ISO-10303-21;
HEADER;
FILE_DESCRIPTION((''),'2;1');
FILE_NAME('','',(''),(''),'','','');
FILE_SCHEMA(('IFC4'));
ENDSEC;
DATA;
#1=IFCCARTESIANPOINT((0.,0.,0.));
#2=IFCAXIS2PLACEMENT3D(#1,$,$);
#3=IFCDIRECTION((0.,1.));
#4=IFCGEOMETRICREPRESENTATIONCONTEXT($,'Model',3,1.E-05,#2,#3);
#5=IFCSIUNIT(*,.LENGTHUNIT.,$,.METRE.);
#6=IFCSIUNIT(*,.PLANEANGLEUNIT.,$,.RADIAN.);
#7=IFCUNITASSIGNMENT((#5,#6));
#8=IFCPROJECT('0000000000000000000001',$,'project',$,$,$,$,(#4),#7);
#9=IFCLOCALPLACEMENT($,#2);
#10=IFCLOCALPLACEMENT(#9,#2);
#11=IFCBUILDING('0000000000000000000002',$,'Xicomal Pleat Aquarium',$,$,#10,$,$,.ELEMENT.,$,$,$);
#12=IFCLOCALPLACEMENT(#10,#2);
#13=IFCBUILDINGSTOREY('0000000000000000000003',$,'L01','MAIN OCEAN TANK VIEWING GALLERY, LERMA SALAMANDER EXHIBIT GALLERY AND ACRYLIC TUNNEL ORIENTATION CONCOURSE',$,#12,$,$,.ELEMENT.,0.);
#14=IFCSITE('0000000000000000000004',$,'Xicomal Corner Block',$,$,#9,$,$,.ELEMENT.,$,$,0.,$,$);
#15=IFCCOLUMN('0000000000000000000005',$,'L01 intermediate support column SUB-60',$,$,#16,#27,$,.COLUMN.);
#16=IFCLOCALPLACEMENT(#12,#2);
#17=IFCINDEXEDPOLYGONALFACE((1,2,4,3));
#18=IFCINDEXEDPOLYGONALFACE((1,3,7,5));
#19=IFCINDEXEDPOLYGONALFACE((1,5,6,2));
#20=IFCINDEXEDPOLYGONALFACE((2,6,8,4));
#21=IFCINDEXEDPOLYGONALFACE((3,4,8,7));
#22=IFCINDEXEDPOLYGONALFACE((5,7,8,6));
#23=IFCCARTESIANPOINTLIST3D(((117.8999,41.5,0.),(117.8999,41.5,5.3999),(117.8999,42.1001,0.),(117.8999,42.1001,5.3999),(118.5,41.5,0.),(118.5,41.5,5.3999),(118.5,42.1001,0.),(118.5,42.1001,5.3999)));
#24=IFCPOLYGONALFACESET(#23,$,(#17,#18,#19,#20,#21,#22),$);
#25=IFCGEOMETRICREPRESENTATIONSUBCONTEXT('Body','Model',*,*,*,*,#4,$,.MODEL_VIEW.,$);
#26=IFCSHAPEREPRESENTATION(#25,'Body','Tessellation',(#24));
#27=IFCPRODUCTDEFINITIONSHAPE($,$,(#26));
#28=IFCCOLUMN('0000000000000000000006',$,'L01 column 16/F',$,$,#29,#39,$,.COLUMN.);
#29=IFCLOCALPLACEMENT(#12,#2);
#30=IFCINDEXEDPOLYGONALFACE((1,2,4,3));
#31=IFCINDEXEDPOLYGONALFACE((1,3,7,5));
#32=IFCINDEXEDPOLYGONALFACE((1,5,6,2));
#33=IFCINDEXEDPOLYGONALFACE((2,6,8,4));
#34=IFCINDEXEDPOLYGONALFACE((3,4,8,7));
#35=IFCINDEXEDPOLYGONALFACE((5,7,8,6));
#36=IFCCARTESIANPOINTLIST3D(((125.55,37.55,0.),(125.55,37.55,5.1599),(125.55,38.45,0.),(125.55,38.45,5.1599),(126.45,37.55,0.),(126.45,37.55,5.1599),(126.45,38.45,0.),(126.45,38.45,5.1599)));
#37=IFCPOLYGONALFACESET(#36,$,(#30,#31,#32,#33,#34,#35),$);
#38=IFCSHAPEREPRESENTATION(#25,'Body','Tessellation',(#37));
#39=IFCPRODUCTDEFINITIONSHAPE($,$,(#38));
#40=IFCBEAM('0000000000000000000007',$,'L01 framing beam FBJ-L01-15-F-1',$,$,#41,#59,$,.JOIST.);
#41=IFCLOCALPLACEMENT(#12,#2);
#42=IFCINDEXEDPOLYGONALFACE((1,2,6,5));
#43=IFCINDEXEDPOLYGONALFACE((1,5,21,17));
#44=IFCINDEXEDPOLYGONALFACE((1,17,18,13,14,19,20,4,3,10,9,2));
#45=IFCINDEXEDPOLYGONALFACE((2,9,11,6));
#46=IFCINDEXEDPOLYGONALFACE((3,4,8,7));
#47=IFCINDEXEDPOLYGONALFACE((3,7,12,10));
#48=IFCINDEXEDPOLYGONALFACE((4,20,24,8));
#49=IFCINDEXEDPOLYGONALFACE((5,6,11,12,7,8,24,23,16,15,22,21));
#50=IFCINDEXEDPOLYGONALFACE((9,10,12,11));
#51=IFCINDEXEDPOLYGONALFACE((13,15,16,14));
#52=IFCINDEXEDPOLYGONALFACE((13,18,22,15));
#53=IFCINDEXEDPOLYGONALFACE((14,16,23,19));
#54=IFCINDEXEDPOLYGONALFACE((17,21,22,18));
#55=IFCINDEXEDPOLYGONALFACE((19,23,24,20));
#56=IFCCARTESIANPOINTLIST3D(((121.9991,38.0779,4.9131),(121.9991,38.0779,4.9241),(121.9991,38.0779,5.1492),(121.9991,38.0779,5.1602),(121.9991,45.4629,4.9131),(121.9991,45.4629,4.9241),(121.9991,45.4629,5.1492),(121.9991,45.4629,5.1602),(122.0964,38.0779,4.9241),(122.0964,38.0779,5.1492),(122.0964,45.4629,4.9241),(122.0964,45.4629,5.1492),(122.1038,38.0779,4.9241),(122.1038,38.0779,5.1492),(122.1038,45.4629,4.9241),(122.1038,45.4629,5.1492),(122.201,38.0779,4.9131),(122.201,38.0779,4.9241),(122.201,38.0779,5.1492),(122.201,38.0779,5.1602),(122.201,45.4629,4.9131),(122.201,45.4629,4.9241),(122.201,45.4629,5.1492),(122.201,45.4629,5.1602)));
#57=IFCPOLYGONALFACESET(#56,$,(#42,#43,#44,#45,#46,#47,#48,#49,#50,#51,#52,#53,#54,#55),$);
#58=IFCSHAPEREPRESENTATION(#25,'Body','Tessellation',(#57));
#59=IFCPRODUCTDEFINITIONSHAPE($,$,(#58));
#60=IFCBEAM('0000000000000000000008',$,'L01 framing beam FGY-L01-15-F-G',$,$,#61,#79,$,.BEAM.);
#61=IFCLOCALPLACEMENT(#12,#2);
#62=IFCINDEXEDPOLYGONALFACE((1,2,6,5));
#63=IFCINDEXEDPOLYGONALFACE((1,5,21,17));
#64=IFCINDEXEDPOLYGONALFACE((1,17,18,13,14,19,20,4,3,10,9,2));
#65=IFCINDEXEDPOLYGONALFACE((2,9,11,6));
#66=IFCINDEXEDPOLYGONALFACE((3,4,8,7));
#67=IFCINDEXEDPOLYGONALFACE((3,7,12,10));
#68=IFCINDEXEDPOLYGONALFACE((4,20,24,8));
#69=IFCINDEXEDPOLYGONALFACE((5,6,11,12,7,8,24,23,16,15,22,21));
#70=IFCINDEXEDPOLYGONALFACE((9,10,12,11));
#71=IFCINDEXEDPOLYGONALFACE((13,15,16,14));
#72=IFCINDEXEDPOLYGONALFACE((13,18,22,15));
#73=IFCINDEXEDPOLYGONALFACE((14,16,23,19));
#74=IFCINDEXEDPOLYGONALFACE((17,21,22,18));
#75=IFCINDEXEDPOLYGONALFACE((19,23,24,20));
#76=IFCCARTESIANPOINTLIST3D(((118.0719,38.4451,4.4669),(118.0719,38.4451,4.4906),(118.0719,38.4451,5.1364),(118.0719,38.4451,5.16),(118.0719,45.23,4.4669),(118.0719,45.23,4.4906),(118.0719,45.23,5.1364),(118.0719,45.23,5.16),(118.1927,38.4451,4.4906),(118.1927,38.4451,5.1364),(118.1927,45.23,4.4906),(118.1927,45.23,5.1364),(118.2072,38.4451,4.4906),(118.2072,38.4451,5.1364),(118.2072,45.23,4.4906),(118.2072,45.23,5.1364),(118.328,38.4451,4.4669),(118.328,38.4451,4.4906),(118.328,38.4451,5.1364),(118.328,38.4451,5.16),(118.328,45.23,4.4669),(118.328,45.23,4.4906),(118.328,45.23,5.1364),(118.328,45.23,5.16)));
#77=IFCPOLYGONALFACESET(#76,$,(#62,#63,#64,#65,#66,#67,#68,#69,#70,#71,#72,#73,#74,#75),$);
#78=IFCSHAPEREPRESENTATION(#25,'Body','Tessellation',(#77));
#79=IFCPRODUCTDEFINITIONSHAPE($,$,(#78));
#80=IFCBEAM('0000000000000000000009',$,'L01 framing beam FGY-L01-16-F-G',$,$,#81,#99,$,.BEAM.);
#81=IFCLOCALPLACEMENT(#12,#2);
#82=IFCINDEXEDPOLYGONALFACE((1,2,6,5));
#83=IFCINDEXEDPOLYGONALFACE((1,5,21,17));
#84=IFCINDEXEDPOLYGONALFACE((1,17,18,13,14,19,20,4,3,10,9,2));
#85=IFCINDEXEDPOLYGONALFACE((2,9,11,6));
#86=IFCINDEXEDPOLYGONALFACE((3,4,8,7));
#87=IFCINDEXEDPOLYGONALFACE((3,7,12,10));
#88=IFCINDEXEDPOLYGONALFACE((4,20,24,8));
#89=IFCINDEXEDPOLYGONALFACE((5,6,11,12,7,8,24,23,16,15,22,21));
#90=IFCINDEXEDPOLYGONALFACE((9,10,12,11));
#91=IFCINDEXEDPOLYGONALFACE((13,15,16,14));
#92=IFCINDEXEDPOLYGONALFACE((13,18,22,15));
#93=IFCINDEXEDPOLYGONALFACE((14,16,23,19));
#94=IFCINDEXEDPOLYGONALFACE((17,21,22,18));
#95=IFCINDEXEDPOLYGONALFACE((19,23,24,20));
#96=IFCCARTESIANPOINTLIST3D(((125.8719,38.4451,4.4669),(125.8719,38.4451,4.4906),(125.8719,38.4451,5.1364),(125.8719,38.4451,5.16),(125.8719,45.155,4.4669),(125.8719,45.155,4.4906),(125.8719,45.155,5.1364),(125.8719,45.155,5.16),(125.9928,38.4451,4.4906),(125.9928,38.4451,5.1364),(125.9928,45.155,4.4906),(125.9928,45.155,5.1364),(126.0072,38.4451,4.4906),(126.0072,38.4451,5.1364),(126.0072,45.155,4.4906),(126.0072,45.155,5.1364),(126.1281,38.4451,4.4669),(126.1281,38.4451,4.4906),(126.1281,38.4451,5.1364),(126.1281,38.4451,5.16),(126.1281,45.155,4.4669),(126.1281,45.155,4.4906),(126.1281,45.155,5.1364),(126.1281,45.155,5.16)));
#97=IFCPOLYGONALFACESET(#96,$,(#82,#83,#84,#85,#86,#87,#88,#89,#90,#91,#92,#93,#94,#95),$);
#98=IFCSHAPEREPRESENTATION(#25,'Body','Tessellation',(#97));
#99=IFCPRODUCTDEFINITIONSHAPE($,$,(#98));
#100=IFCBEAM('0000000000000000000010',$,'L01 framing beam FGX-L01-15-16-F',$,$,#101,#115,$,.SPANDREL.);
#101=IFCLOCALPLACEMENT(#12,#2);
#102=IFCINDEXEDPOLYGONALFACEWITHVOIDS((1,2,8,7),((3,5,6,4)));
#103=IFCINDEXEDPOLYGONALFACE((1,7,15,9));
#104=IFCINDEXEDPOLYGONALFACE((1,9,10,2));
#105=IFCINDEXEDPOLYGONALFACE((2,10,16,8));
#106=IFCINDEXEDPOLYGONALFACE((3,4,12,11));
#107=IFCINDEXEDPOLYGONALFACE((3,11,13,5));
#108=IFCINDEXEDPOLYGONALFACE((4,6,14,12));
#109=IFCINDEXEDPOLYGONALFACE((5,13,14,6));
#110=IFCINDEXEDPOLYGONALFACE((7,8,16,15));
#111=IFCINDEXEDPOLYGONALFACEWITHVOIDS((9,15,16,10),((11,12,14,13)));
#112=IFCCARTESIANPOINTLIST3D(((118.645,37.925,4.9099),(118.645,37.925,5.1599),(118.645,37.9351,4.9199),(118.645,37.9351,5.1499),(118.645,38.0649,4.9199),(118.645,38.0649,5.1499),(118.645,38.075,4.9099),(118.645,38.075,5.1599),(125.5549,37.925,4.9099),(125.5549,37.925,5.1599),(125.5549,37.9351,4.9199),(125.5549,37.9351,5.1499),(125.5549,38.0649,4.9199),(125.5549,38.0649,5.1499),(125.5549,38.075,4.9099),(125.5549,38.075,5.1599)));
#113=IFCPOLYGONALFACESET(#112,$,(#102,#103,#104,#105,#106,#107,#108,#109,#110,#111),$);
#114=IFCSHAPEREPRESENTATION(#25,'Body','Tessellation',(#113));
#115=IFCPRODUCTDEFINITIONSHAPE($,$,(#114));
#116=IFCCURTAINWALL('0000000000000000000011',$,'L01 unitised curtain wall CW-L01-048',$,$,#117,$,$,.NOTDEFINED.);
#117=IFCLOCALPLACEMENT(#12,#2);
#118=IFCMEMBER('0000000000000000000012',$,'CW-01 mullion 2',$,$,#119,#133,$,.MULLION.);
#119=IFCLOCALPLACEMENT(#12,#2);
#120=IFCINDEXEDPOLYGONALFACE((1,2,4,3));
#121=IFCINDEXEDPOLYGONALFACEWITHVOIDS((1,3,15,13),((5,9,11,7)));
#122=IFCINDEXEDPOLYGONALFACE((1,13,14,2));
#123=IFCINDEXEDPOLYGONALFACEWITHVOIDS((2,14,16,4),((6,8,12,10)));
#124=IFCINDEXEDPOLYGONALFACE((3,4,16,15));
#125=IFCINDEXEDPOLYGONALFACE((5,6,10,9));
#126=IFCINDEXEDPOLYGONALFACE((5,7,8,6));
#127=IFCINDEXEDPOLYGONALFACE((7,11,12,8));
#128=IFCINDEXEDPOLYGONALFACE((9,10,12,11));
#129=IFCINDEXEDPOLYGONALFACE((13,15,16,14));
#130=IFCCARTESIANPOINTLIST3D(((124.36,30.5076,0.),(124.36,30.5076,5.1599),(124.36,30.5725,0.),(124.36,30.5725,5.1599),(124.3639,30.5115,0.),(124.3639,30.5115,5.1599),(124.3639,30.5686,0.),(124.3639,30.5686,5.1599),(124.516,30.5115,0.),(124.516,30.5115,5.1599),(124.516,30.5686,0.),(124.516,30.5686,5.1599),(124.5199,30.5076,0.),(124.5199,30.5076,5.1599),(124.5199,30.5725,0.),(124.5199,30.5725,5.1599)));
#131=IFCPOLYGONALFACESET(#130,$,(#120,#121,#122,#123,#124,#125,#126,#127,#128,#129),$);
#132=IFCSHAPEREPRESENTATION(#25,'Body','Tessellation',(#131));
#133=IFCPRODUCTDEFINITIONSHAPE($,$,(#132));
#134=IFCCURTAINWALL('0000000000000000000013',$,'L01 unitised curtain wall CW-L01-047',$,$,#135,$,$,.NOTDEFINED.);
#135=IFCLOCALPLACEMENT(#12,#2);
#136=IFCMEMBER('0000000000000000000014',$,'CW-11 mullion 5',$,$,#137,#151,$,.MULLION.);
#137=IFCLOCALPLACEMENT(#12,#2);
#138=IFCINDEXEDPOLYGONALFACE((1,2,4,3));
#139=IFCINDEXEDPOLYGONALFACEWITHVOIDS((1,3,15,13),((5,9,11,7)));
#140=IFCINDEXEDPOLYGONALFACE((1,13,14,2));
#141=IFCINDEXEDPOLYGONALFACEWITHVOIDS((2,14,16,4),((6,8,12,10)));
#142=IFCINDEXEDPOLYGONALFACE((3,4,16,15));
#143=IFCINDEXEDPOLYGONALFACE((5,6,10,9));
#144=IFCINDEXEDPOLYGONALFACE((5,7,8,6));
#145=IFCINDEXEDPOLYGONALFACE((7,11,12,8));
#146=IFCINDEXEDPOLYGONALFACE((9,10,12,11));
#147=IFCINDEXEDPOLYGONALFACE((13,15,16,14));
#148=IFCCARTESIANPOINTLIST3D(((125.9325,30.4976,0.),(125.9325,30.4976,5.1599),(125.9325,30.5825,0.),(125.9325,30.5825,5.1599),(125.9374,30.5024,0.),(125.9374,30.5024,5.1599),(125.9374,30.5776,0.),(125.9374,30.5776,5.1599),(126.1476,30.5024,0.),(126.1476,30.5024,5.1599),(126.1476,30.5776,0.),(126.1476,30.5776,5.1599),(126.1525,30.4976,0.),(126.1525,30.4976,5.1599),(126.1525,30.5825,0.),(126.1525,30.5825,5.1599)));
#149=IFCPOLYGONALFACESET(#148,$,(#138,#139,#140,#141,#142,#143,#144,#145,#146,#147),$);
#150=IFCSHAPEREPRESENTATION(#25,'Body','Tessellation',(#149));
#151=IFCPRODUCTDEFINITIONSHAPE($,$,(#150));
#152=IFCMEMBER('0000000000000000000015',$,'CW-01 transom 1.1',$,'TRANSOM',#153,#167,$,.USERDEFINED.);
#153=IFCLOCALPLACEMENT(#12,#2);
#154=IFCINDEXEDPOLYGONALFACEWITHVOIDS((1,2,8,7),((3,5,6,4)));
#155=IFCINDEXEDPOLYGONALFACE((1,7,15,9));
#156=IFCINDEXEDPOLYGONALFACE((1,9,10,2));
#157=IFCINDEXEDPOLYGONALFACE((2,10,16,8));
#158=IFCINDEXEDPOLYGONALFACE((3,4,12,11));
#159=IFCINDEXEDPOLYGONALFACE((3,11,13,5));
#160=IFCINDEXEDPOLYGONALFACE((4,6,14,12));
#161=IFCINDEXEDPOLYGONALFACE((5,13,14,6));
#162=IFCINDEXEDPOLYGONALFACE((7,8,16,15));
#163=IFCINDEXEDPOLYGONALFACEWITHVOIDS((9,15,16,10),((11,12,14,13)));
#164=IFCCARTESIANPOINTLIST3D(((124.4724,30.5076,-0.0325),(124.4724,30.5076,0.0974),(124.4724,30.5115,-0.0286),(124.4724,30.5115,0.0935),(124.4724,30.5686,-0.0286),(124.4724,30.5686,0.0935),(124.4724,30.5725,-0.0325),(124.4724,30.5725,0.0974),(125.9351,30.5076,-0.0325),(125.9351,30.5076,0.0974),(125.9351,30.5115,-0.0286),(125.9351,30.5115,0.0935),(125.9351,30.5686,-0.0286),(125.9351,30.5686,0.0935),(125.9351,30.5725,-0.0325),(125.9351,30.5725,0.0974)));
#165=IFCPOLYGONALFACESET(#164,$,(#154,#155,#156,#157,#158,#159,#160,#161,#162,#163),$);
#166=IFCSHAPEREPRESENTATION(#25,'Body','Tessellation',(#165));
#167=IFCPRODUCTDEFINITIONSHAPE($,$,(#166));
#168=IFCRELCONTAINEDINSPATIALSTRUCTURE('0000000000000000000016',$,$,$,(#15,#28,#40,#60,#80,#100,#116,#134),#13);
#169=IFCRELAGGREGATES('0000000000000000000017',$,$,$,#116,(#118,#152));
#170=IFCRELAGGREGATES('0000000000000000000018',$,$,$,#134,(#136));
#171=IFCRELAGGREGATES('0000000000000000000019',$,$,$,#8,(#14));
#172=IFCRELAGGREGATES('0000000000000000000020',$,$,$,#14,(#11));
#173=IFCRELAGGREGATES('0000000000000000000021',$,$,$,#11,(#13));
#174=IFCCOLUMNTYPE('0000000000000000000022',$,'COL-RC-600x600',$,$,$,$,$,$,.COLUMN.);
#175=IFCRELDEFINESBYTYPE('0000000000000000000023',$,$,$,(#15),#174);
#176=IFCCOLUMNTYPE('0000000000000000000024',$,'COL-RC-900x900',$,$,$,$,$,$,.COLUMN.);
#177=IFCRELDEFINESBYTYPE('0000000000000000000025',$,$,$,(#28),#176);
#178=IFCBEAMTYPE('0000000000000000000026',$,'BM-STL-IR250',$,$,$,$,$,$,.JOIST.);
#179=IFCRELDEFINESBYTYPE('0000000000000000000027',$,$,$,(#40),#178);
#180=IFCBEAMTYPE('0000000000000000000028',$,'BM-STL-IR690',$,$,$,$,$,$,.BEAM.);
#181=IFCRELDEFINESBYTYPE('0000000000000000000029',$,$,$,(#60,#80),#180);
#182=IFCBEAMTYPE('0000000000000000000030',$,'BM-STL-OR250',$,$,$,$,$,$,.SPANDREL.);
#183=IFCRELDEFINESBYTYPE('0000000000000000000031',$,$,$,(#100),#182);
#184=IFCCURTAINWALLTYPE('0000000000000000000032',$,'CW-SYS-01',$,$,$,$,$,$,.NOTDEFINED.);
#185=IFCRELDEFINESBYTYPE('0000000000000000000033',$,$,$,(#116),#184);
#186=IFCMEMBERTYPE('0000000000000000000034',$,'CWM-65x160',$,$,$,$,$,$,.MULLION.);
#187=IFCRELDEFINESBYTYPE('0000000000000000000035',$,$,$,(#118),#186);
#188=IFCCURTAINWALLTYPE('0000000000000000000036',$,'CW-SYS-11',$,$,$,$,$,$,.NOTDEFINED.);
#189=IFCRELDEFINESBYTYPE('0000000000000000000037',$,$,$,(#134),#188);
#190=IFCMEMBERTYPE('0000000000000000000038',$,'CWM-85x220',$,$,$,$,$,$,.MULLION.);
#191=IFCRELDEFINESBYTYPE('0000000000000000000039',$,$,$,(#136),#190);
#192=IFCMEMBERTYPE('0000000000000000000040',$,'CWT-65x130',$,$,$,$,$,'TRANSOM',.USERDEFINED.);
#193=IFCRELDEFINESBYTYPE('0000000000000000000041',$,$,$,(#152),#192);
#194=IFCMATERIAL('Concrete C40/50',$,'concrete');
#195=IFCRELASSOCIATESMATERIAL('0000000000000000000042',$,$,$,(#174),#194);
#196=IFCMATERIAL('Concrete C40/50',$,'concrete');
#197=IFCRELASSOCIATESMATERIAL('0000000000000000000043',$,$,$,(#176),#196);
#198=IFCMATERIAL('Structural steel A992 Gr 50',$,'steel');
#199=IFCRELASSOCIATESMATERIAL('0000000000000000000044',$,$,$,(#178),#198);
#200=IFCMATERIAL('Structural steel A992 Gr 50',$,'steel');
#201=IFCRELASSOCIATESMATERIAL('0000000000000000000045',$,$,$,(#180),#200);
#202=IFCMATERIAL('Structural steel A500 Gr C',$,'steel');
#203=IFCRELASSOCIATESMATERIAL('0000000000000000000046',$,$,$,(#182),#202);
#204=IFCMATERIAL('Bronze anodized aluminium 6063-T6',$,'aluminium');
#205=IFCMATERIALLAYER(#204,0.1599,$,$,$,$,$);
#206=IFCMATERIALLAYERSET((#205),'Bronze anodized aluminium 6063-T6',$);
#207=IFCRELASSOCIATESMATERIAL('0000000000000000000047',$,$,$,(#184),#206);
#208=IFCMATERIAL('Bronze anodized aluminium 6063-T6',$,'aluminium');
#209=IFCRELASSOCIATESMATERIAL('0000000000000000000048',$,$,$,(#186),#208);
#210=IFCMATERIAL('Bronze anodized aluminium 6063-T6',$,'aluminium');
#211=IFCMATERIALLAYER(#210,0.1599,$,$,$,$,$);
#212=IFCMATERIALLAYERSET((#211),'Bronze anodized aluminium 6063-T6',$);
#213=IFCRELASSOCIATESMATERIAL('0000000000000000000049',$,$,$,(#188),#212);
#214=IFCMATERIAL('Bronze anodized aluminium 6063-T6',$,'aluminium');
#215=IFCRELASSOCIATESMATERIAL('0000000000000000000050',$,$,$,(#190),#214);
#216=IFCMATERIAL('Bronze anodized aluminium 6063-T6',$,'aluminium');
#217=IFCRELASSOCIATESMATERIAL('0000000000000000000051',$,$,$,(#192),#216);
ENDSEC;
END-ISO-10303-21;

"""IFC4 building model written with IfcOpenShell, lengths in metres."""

from ifc_helpers import new_model, si_unit, direction, frame, origin, origin_2d, place, context, subcontext, project, spatial, rectangle, hollow_rectangle, i_section, extrude, material, layer, layer_set, material_profile, profile_set, type_object, element, aggregate, save


model = new_model("IFC4")

# Units and contexts
model_context = context("Model", 3, precision=1e-05, world=origin(), true_north=direction((0.0, 1.0)))
body_context = subcontext(model_context, "Body", "Model", "MODEL_VIEW")
ifc_project = project(units=[si_unit("LENGTHUNIT", "METRE"), si_unit("PLANEANGLEUNIT", "RADIAN")], contexts=[model_context])

# Site, building, storey
site_placement = place(None, origin())
site = spatial("IfcSite", under=ifc_project, at=site_placement, Name="Xicomal Corner Block", CompositionType="ELEMENT", RefElevation=0.0)
building_placement = place(site_placement, origin())
building = spatial("IfcBuilding", under=site, at=building_placement, Name="Xicomal Pleat Aquarium", CompositionType="ELEMENT")
storey_placement = place(building_placement, origin())
storey = spatial("IfcBuildingStorey", under=building, at=storey_placement, Name="L01", Description="MAIN OCEAN TANK VIEWING GALLERY, LERMA SALAMANDER EXHIBIT GALLERY AND ACRYLIC TUNNEL ORIENTATION CONCOURSE", CompositionType="ELEMENT", Elevation=0.0)

# Columns
ifc_material_1 = material(Name="Concrete C40/50", Category="concrete")
ifc_material_profile_1 = material_profile(ifc_material_1, rectangle(XDim=0.6001, YDim=0.6001, at=origin_2d()), Name="RC 600x600")
ifc_profile_set_1 = profile_set([ifc_material_profile_1], Name="Concrete C40/50")
column_type_1 = type_object("IfcColumnType", Name="COL-RC-600x600", PredefinedType="COLUMN", material=ifc_profile_set_1)
column_1_placement = place(storey_placement, frame((118.2, 41.8, 0.0), z_axis=(0.0, 0.0, 1.0), x_axis=(1.0, 0.0, 0.0)))
element("IfcColumn", 1, at=column_1_placement, inside=storey, type_object=column_type_1, Name="L01 intermediate support column SUB-60", PredefinedType="COLUMN", context=body_context, shape_type="SweptSolid", body=[
    extrude(rectangle(XDim=0.6001, YDim=0.6001, at=origin_2d()), origin(), (0.0, 0.0, 1.0), 5.3999),
])
ifc_material_2 = material(Name="Concrete C40/50", Category="concrete")
ifc_material_profile_2 = material_profile(ifc_material_2, rectangle(XDim=0.8999, YDim=0.8999, at=origin_2d()), Name="RC 900x900")
ifc_profile_set_2 = profile_set([ifc_material_profile_2], Name="Concrete C40/50")
column_type_2 = type_object("IfcColumnType", Name="COL-RC-900x900", PredefinedType="COLUMN", material=ifc_profile_set_2)
column_2_placement = place(storey_placement, frame((126.0, 38.0, 0.0), z_axis=(0.0, 0.0, 1.0), x_axis=(1.0, 0.0, 0.0)))
element("IfcColumn", 2, at=column_2_placement, inside=storey, type_object=column_type_2, Name="L01 column 16/F", PredefinedType="COLUMN", context=body_context, shape_type="SweptSolid", body=[
    extrude(rectangle(XDim=0.8999, YDim=0.8999, at=origin_2d()), origin(), (0.0, 0.0, 1.0), 5.1599),
])

# Beams
ifc_material_3 = material(Name="Structural steel A992 Gr 50", Category="steel")
ifc_material_profile_3 = material_profile(ifc_material_3, i_section(OverallWidth=0.2019, OverallDepth=0.2471, WebThickness=0.0073, FlangeThickness=0.011, at=origin_2d()), Name="IR 250x49")
ifc_profile_set_3 = profile_set([ifc_material_profile_3], Name="Structural steel A992 Gr 50")
beam_type_1 = type_object("IfcBeamType", Name="BM-STL-IR250", PredefinedType="JOIST", material=ifc_profile_set_3)
beam_1_placement = place(storey_placement, frame((122.1001, 38.0779, 5.0366), z_axis=(0.0, 1.0, 0.0), x_axis=(-1.0, 0.0, 0.0)))
element("IfcBeam", 3, at=beam_1_placement, inside=storey, type_object=beam_type_1, Name="L01 framing beam FBJ-L01-15-F-1", PredefinedType="JOIST", context=body_context, shape_type="SweptSolid", body=[
    extrude(i_section(OverallWidth=0.2019, OverallDepth=0.2471, WebThickness=0.0073, FlangeThickness=0.011, at=origin_2d()), origin(), (0.0, 0.0, 1.0), 7.385),
])
ifc_material_4 = material(Name="Structural steel A992 Gr 50", Category="steel")
ifc_material_profile_4 = material_profile(ifc_material_4, i_section(OverallWidth=0.2561, OverallDepth=0.6931, WebThickness=0.0144, FlangeThickness=0.0237, at=origin_2d()), Name="IR 690x170")
ifc_profile_set_4 = profile_set([ifc_material_profile_4], Name="Structural steel A992 Gr 50")
beam_type_2 = type_object("IfcBeamType", Name="BM-STL-IR690", PredefinedType="BEAM", material=ifc_profile_set_4)
beam_2_placement = place(storey_placement, frame((118.2, 38.4451, 4.8135), z_axis=(0.0, 1.0, 0.0), x_axis=(-1.0, 0.0, 0.0)))
element("IfcBeam", 4, at=beam_2_placement, inside=storey, type_object=beam_type_2, Name="L01 framing beam FGY-L01-15-F-G", PredefinedType="BEAM", context=body_context, shape_type="SweptSolid", body=[
    extrude(i_section(OverallWidth=0.2561, OverallDepth=0.6931, WebThickness=0.0144, FlangeThickness=0.0237, at=origin_2d()), origin(), (0.0, 0.0, 1.0), 6.7849),
])
beam_3_placement = place(storey_placement, frame((126.0, 38.4451, 4.8135), z_axis=(0.0, 1.0, 0.0), x_axis=(-1.0, 0.0, 0.0)))
element("IfcBeam", 5, at=beam_3_placement, inside=storey, type_object=beam_type_2, Name="L01 framing beam FGY-L01-16-F-G", PredefinedType="BEAM", context=body_context, shape_type="SweptSolid", body=[
    extrude(i_section(OverallWidth=0.2561, OverallDepth=0.6931, WebThickness=0.0144, FlangeThickness=0.0237, at=origin_2d()), origin(), (0.0, 0.0, 1.0), 6.71),
])
ifc_material_5 = material(Name="Structural steel A500 Gr C", Category="steel")
ifc_material_profile_5 = material_profile(ifc_material_5, hollow_rectangle(XDim=0.1499, YDim=0.25, WallThickness=0.01, at=origin_2d()), Name="OR 250x150x10")
ifc_profile_set_5 = profile_set([ifc_material_profile_5], Name="Structural steel A500 Gr C")
beam_type_3 = type_object("IfcBeamType", Name="BM-STL-OR250", PredefinedType="SPANDREL", material=ifc_profile_set_5)
beam_4_placement = place(storey_placement, frame((118.645, 38.0, 5.0349), z_axis=(1.0, 0.0, 0.0), x_axis=(0.0, 1.0, 0.0)))
element("IfcBeam", 6, at=beam_4_placement, inside=storey, type_object=beam_type_3, Name="L01 framing beam FGX-L01-15-16-F", PredefinedType="SPANDREL", context=body_context, shape_type="SweptSolid", body=[
    extrude(hollow_rectangle(XDim=0.1499, YDim=0.25, WallThickness=0.01, at=origin_2d()), origin(), (0.0, 0.0, 1.0), 6.9099),
])

# Curtain walls, members
ifc_material_6 = material(Name="Bronze anodized aluminium 6063-T6", Category="aluminium")
ifc_layer_1 = layer(ifc_material_6, 0.1599)
ifc_layer_set_1 = layer_set([ifc_layer_1], Name="Bronze anodized aluminium 6063-T6")
curtain_wall_type_1 = type_object("IfcCurtainWallType", Name="CW-SYS-01", PredefinedType="NOTDEFINED", material=ifc_layer_set_1)
curtain_wall_1_placement = place(storey_placement, origin())
curtain_wall_1 = element("IfcCurtainWall", 7, at=curtain_wall_1_placement, inside=storey, type_object=curtain_wall_type_1, Name="L01 unitised curtain wall CW-L01-048", PredefinedType="NOTDEFINED")
ifc_material_7 = material(Name="Bronze anodized aluminium 6063-T6", Category="aluminium")
ifc_material_profile_6 = material_profile(ifc_material_7, hollow_rectangle(XDim=0.0649, YDim=0.1599, WallThickness=0.0039, at=origin_2d()), Name="ALU MULL 65x160")
ifc_profile_set_6 = profile_set([ifc_material_profile_6], Name="Bronze anodized aluminium 6063-T6")
member_type_1 = type_object("IfcMemberType", Name="CWM-65x160", PredefinedType="MULLION", material=ifc_profile_set_6)
member_1_placement = place(storey_placement, frame((124.4399, 30.54, 0.0), z_axis=(0.0, 0.0, 1.0), x_axis=(0.0, -1.0, 0.0)))
member_1 = element("IfcMember", 8, at=member_1_placement, type_object=member_type_1, Name="CW-01 mullion 2", PredefinedType="MULLION", context=body_context, shape_type="SweptSolid", body=[
    extrude(hollow_rectangle(XDim=0.0649, YDim=0.1599, WallThickness=0.0039, at=origin_2d()), origin(), (0.0, 0.0, 1.0), 5.1599),
])
ifc_material_8 = material(Name="Bronze anodized aluminium 6063-T6", Category="aluminium")
ifc_layer_2 = layer(ifc_material_8, 0.1599)
ifc_layer_set_2 = layer_set([ifc_layer_2], Name="Bronze anodized aluminium 6063-T6")
curtain_wall_type_2 = type_object("IfcCurtainWallType", Name="CW-SYS-11", PredefinedType="NOTDEFINED", material=ifc_layer_set_2)
curtain_wall_2_placement = place(storey_placement, origin())
curtain_wall_2 = element("IfcCurtainWall", 9, at=curtain_wall_2_placement, inside=storey, type_object=curtain_wall_type_2, Name="L01 unitised curtain wall CW-L01-047", PredefinedType="NOTDEFINED")
ifc_material_9 = material(Name="Bronze anodized aluminium 6063-T6", Category="aluminium")
ifc_material_profile_7 = material_profile(ifc_material_9, hollow_rectangle(XDim=0.085, YDim=0.22, WallThickness=0.0049, at=origin_2d()), Name="ALU MULL 85x220")
ifc_profile_set_7 = profile_set([ifc_material_profile_7], Name="Bronze anodized aluminium 6063-T6")
member_type_2 = type_object("IfcMemberType", Name="CWM-85x220", PredefinedType="MULLION", material=ifc_profile_set_7)
member_2_placement = place(storey_placement, frame((126.0425, 30.54, 0.0), z_axis=(0.0, 0.0, 1.0), x_axis=(0.0, -1.0, 0.0)))
member_2 = element("IfcMember", 10, at=member_2_placement, type_object=member_type_2, Name="CW-11 mullion 5", PredefinedType="MULLION", context=body_context, shape_type="SweptSolid", body=[
    extrude(hollow_rectangle(XDim=0.085, YDim=0.22, WallThickness=0.0049, at=origin_2d()), origin(), (0.0, 0.0, 1.0), 5.1599),
])

# Member
ifc_material_10 = material(Name="Bronze anodized aluminium 6063-T6", Category="aluminium")
ifc_material_profile_8 = material_profile(ifc_material_10, hollow_rectangle(XDim=0.0649, YDim=0.1299, WallThickness=0.0039, at=origin_2d()), Name="ALU TRAN 65x130")
ifc_profile_set_8 = profile_set([ifc_material_profile_8], Name="Bronze anodized aluminium 6063-T6")
member_type_3 = type_object("IfcMemberType", Name="CWT-65x130", ElementType="TRANSOM", PredefinedType="USERDEFINED", material=ifc_profile_set_8)
member_3_placement = place(storey_placement, frame((125.9351, 30.54, 0.0325), z_axis=(-1.0, 0.0, 0.0), x_axis=(0.0, -1.0, 0.0)))
member_3 = element("IfcMember", 11, at=member_3_placement, type_object=member_type_3, Name="CW-01 transom 1.1", ObjectType="TRANSOM", PredefinedType="USERDEFINED", context=body_context, shape_type="SweptSolid", body=[
    extrude(hollow_rectangle(XDim=0.0649, YDim=0.1299, WallThickness=0.0039, at=origin_2d()), origin(), (0.0, 0.0, 1.0), 1.4626),
])

aggregate(curtain_wall_1, [member_1, member_3])
aggregate(curtain_wall_2, [member_2])

save(model, "model.ifc")
